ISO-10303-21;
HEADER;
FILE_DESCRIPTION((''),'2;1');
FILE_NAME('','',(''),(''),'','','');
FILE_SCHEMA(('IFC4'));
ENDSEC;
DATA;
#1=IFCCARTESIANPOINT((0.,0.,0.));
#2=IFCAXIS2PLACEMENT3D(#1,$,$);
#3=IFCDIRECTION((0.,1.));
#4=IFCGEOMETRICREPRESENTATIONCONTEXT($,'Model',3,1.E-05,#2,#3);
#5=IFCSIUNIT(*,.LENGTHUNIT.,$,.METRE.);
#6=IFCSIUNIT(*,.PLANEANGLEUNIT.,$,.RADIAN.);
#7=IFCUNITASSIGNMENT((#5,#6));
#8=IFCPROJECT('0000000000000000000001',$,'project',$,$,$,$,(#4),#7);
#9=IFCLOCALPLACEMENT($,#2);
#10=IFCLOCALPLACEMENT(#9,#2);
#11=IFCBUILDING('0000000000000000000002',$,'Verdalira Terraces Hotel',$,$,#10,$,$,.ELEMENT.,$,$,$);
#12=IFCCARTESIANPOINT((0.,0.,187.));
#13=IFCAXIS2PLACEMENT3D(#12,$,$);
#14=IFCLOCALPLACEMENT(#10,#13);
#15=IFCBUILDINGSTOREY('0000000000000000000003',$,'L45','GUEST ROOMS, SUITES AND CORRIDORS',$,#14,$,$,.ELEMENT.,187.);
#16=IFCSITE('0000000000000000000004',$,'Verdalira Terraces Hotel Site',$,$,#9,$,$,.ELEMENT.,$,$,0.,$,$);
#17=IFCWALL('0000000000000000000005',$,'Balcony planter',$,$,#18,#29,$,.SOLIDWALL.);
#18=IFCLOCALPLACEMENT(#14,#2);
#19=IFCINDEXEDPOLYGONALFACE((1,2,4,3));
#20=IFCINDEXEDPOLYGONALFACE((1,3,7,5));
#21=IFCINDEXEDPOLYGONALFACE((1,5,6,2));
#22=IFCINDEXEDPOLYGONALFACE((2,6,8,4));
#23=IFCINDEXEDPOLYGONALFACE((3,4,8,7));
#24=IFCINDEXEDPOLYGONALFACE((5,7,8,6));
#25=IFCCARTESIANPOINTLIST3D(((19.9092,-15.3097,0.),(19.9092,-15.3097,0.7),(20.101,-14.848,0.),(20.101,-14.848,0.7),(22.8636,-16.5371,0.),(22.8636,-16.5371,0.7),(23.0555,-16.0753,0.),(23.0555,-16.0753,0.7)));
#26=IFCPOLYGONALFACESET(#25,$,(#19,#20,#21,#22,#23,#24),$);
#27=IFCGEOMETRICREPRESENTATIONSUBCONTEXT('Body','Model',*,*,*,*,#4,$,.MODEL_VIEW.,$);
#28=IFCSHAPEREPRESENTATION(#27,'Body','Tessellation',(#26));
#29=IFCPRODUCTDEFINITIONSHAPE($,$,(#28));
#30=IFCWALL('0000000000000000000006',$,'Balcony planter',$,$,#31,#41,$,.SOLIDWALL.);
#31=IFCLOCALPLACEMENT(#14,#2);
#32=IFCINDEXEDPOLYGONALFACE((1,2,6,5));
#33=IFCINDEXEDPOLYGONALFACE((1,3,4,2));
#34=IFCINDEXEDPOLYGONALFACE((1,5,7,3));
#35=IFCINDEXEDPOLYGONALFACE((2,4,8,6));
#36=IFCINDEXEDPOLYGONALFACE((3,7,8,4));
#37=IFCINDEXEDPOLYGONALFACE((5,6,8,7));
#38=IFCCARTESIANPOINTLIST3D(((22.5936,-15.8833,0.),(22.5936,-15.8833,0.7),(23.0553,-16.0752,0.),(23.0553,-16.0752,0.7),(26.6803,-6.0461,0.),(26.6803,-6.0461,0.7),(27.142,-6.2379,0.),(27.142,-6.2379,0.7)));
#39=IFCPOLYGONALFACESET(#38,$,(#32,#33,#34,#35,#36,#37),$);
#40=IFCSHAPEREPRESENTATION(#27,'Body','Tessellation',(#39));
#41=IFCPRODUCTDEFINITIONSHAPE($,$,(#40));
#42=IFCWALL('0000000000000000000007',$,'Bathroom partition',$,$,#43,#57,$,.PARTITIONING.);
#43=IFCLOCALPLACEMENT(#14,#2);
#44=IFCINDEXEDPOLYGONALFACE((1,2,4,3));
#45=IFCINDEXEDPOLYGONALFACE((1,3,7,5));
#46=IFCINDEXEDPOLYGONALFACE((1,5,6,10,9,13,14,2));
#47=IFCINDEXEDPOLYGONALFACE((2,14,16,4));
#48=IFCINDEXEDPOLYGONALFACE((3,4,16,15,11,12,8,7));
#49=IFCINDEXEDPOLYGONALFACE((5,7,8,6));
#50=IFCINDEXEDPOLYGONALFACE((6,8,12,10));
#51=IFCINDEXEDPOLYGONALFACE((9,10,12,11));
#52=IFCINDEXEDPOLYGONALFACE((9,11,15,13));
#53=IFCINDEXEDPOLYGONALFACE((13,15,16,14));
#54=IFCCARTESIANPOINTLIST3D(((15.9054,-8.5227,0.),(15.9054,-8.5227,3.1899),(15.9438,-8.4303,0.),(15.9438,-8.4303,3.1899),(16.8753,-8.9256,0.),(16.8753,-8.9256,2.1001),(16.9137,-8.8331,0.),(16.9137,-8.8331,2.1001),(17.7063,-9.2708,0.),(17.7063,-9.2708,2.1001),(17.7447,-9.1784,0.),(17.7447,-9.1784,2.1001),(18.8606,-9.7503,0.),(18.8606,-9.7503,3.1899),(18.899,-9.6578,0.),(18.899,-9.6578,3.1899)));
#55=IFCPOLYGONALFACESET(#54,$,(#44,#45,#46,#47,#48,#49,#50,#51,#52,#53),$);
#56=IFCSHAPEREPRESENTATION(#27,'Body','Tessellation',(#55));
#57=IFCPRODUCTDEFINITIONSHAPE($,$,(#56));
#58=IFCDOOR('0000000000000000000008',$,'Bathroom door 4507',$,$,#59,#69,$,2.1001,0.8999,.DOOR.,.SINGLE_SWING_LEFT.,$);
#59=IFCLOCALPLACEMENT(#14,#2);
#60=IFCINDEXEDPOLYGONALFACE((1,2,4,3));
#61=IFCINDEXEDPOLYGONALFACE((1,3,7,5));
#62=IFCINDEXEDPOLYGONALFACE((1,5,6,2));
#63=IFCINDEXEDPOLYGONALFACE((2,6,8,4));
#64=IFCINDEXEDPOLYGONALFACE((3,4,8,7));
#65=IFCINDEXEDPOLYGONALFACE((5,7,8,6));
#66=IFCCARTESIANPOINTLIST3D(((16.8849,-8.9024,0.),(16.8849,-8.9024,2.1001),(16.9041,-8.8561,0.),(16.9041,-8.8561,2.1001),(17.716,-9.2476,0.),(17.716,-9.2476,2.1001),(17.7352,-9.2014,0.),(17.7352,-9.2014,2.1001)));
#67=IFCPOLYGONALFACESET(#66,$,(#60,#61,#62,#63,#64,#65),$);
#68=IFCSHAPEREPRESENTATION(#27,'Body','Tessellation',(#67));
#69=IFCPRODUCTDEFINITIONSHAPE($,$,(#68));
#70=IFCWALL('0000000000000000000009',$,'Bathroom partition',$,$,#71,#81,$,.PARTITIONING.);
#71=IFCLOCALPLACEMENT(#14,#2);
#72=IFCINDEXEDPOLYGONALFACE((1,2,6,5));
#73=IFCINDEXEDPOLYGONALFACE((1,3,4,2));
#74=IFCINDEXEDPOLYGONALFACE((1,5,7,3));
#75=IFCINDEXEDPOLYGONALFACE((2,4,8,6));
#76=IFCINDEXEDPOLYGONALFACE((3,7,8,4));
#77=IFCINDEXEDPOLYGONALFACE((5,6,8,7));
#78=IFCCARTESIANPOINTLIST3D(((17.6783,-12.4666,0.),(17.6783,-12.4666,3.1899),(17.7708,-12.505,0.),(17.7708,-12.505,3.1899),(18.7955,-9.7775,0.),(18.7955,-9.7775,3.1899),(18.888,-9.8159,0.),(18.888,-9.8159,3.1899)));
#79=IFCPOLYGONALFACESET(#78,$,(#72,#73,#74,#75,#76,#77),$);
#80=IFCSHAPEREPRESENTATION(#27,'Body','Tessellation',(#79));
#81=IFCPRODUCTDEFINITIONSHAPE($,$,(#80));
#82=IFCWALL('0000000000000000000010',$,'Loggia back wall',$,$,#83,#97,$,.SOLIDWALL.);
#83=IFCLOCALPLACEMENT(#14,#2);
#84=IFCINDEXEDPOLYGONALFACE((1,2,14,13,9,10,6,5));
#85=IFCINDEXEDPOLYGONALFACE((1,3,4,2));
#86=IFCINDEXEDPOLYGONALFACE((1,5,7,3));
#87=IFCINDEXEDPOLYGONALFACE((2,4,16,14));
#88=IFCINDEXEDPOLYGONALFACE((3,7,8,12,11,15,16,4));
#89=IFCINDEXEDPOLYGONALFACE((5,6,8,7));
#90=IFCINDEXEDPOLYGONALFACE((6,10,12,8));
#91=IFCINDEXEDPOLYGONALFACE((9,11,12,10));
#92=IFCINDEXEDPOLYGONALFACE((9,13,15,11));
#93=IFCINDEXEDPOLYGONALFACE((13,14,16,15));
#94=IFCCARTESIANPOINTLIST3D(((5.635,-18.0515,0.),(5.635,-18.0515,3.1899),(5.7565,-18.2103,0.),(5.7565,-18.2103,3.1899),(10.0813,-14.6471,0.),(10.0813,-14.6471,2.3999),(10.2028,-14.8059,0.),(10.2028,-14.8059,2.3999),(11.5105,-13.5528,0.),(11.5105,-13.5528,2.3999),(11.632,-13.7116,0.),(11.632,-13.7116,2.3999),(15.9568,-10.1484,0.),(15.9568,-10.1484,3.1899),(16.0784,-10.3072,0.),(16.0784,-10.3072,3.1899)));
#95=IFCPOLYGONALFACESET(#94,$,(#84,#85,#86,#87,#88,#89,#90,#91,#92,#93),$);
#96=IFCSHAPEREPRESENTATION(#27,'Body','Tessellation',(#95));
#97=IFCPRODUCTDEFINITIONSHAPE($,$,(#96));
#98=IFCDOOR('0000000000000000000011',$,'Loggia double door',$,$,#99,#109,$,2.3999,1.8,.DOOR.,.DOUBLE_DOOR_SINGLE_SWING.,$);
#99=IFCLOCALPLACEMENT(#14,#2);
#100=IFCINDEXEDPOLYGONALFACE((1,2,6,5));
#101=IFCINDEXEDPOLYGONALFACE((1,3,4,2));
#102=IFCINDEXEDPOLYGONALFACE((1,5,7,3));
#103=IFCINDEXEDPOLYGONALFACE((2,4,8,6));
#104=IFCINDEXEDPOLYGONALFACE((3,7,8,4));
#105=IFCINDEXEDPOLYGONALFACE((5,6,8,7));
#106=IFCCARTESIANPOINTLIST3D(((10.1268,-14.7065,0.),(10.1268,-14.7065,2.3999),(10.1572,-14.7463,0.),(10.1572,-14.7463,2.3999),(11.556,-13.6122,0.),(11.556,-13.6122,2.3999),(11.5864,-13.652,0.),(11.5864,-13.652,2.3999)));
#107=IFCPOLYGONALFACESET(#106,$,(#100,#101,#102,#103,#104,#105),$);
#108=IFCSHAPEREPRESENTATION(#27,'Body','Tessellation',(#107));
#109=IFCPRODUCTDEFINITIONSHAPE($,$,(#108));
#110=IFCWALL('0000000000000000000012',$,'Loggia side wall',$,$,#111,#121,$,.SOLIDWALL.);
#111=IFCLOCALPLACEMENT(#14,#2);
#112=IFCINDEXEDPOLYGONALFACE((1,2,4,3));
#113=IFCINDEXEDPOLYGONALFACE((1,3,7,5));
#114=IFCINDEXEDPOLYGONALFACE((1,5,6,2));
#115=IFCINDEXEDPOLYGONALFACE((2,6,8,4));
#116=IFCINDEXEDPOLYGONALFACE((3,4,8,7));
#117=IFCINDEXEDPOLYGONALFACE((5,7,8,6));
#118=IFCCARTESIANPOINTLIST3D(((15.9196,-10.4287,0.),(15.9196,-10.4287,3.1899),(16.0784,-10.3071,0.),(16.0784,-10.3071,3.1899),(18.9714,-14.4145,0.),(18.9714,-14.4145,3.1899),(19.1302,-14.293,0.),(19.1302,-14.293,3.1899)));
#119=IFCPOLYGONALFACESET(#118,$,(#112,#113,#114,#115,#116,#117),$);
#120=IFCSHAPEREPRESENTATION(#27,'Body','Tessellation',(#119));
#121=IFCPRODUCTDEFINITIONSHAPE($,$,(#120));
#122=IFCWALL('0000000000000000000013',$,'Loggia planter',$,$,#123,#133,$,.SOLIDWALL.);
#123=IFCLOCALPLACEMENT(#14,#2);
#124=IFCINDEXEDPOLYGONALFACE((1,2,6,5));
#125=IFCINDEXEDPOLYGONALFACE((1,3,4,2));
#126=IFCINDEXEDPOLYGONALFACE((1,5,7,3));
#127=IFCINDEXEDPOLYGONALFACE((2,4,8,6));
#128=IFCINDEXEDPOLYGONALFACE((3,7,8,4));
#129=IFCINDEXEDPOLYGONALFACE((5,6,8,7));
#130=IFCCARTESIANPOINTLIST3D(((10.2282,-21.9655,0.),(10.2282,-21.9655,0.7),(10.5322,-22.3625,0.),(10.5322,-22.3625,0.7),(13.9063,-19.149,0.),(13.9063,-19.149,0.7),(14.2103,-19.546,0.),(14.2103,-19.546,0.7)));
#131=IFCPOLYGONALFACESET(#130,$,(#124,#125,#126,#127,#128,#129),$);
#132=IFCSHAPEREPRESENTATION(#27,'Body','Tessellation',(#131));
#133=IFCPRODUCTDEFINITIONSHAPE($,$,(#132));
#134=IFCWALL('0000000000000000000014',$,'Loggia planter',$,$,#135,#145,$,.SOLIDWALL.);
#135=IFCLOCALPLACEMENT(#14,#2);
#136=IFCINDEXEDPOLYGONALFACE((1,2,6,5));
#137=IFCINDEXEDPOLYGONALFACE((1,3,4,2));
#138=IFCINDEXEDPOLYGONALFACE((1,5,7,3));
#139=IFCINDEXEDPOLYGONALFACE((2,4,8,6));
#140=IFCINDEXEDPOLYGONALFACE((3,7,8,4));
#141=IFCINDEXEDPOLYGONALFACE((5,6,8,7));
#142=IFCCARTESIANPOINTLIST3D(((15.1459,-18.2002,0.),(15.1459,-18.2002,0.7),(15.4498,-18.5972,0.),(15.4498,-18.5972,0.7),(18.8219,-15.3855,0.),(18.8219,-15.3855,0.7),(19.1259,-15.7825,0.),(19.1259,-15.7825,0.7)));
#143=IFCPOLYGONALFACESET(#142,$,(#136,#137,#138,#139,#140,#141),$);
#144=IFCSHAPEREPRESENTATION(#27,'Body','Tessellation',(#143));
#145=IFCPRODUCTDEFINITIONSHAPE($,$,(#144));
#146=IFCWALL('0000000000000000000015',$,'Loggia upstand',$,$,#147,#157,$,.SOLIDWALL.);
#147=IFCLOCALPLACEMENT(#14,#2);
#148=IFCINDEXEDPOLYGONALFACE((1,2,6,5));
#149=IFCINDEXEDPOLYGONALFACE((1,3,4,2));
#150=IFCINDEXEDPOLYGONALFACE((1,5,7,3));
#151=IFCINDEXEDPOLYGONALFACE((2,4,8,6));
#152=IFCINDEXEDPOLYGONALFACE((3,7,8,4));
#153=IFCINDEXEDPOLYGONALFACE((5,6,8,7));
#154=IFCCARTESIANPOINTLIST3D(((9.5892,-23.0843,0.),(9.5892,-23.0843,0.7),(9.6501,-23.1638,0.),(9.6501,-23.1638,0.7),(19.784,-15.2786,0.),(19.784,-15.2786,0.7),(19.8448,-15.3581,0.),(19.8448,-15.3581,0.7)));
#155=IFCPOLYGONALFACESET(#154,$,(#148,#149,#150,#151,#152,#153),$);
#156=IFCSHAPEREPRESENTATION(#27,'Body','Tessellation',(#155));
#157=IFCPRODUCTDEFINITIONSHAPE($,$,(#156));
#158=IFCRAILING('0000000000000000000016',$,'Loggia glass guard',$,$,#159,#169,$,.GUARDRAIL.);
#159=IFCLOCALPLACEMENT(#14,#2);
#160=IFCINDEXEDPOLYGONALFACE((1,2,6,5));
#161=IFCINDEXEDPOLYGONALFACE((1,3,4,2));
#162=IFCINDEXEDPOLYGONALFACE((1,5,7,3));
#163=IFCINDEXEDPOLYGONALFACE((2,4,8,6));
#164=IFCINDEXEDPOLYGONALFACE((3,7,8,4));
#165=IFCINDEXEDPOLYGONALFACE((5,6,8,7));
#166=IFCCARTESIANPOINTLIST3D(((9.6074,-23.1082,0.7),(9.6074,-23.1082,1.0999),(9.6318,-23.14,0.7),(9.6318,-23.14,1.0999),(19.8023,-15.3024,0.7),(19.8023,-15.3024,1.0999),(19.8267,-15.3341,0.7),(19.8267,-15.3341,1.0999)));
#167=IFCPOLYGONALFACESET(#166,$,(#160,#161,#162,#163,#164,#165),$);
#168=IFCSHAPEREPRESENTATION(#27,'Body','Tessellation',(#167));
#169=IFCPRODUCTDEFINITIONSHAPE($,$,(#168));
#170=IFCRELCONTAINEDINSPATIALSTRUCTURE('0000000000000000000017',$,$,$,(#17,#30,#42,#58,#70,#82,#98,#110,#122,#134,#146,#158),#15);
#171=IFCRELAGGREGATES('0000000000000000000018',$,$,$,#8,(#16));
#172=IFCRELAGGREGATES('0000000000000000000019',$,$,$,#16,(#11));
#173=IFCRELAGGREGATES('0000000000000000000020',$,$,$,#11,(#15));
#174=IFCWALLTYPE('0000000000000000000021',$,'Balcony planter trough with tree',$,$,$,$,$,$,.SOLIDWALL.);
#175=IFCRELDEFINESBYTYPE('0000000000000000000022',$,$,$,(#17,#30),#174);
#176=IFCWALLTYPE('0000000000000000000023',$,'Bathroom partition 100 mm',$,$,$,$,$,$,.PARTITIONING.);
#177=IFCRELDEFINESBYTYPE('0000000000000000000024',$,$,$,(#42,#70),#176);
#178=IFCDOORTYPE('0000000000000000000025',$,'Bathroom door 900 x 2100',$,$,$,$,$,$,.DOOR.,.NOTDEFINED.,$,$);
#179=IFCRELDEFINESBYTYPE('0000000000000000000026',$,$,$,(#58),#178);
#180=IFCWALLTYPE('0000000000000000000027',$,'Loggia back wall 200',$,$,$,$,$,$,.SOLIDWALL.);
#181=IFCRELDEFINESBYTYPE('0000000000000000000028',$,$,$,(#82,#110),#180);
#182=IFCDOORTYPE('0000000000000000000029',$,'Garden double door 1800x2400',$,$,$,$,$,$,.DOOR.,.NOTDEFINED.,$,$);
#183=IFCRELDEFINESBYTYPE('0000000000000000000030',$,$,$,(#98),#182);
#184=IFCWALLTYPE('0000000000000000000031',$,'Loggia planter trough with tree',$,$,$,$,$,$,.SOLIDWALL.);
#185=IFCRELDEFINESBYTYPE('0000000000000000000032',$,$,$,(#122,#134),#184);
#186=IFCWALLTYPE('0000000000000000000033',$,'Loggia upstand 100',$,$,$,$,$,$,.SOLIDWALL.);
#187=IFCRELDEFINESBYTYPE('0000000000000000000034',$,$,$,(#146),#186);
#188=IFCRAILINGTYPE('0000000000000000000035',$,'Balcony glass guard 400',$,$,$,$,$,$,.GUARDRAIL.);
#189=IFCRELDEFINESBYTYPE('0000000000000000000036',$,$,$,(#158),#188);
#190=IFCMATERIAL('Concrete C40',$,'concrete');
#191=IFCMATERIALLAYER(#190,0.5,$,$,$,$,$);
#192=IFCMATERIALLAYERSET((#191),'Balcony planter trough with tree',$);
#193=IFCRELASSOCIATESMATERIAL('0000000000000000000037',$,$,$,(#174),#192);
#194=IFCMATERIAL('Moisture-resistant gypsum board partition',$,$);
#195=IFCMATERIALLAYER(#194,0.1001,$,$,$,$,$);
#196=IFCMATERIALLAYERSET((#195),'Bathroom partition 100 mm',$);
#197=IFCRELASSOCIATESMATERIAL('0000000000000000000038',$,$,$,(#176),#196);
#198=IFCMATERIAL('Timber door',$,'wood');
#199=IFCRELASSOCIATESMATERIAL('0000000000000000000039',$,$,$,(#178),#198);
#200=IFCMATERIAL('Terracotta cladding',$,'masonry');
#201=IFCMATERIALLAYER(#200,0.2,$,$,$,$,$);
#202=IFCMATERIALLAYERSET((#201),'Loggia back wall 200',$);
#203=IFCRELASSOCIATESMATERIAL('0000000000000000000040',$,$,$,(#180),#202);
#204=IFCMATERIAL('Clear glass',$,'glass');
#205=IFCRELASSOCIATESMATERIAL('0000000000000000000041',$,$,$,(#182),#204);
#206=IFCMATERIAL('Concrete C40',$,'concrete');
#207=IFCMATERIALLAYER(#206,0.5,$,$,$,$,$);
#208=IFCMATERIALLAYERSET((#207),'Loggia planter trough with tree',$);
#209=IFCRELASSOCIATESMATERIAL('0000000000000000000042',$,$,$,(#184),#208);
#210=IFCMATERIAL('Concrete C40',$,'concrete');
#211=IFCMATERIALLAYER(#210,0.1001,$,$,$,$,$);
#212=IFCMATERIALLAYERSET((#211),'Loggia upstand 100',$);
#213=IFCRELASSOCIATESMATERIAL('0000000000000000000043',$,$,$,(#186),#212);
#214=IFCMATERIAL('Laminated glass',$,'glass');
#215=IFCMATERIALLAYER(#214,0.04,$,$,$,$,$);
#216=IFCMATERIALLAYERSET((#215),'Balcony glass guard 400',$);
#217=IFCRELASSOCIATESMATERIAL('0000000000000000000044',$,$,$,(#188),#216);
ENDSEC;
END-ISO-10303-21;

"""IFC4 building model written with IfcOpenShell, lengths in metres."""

from ifc_helpers import new_model, si_unit, direction, frame, frame_2d, origin, origin_2d, place, context, subcontext, project, spatial, rectangle, extrude, material, layer, layer_set, type_object, element, fill, save


model = new_model("IFC4")

# Units and contexts
model_context = context("Model", 3, precision=1e-05, world=origin(), true_north=direction((0.0, 1.0)))
body_context = subcontext(model_context, "Body", "Model", "MODEL_VIEW")
ifc_project = project(units=[si_unit("LENGTHUNIT", "METRE"), si_unit("PLANEANGLEUNIT", "RADIAN")], contexts=[model_context])

# Site, building, storey
site_placement = place(None, origin())
site = spatial("IfcSite", under=ifc_project, at=site_placement, Name="Verdalira Terraces Hotel Site", CompositionType="ELEMENT", RefElevation=0.0)
building_placement = place(site_placement, origin())
building = spatial("IfcBuilding", under=site, at=building_placement, Name="Verdalira Terraces Hotel", CompositionType="ELEMENT")
storey_placement = place(building_placement, frame((0.0, 0.0, 187.0)))
storey = spatial("IfcBuildingStorey", under=building, at=storey_placement, Name="L45", Description="GUEST ROOMS, SUITES AND CORRIDORS", CompositionType="ELEMENT", Elevation=187.0)

# Walls
ifc_material_1 = material(Name="Concrete C40", Category="concrete")
ifc_layer_1 = layer(ifc_material_1, 0.5)
ifc_layer_set_1 = layer_set([ifc_layer_1], Name="Balcony planter trough with tree")
wall_type_1 = type_object("IfcWallType", Name="Balcony planter trough with tree", PredefinedType="SOLIDWALL", material=ifc_layer_set_1)
wall_1_placement = place(storey_placement, frame((20.0051, -15.0789, 0.0), z_axis=(0.0, 0.0, 1.0), x_axis=(0.923485, -0.383634, 0.0)))
element("IfcWall", 1, at=wall_1_placement, inside=storey, type_object=wall_type_1, Name="Balcony planter", PredefinedType="SOLIDWALL", context=body_context, shape_type="SweptSolid", body=[
    extrude(rectangle(XDim=3.1992, YDim=0.5, at=frame_2d((1.5996, 0.0))), origin(), (0.0, 0.0, 1.0), 0.7),
])
wall_2_placement = place(storey_placement, frame((22.8245, -15.9792, 0.0), z_axis=(0.0, 0.0, 1.0), x_axis=(0.383644, 0.923481, 0.0)))
element("IfcWall", 2, at=wall_2_placement, inside=storey, type_object=wall_type_1, Name="Balcony planter", PredefinedType="SOLIDWALL", context=body_context, shape_type="SweptSolid", body=[
    extrude(rectangle(XDim=10.6523, YDim=0.5, at=frame_2d((5.3262, 0.0))), origin(), (0.0, 0.0, 1.0), 0.7),
])

# Wall, opening, door
ifc_material_2 = material(Name="Moisture-resistant gypsum board partition")
ifc_layer_2 = layer(ifc_material_2, 0.1001)
ifc_layer_set_2 = layer_set([ifc_layer_2], Name="Bathroom partition 100 mm")
wall_type_2 = type_object("IfcWallType", Name="Bathroom partition 100 mm", PredefinedType="PARTITIONING", material=ifc_layer_set_2)
wall_3_placement = place(storey_placement, frame((18.8799, -9.7041, 0.0), z_axis=(0.0, 0.0, 1.0), x_axis=(-0.923492, 0.383618, 0.0)))
wall_3 = element("IfcWall", 3, at=wall_3_placement, inside=storey, type_object=wall_type_2, Name="Bathroom partition", PredefinedType="PARTITIONING", context=body_context, shape_type="SweptSolid", body=[
    extrude(rectangle(XDim=3.2, YDim=0.1001, at=frame_2d((1.6001, 0.0))), origin(), (0.0, 0.0, 1.0), 3.1899),
])
opening_1_placement = place(wall_3_placement, frame((1.25, 0.0, 0.0)))
opening_1 = element("IfcOpeningElement", 4, at=opening_1_placement, cuts=wall_3, PredefinedType="OPENING", context=body_context, shape_type="SweptSolid", body=[
    extrude(rectangle(XDim=0.8999, YDim=2.1001, at=frame_2d((0.45, 1.05))), frame((0.0, 0.0601, 0.0), z_axis=(0.0, -1.0, 0.0), x_axis=(1.0, 0.0, 0.0)), (0.0, 0.0, 1.0), 0.1201),
])
ifc_material_3 = material(Name="Timber door", Category="wood")
door_type_1 = type_object("IfcDoorType", Name="Bathroom door 900 x 2100", OperationType="NOTDEFINED", PredefinedType="DOOR", material=ifc_material_3)
door_1_placement = place(opening_1_placement, origin())
door_1 = element("IfcDoor", 5, at=door_1_placement, inside=storey, type_object=door_type_1, Name="Bathroom door 4507", OperationType="SINGLE_SWING_LEFT", OverallHeight=2.1001, OverallWidth=0.8999, PredefinedType="DOOR", context=body_context, shape_type="SweptSolid", body=[
    extrude(rectangle(XDim=0.8999, YDim=2.1001, at=frame_2d((0.45, 1.05))), frame((0.0, 0.0249, 0.0), z_axis=(0.0, -1.0, 0.0), x_axis=(1.0, 0.0, 0.0)), (0.0, 0.0, 1.0), 0.05),
])
fill(opening_1, door_1)

# Wall
wall_4_placement = place(storey_placement, frame((18.8418, -9.7966, 0.0), z_axis=(0.0, 0.0, 1.0), x_axis=(-0.383675, -0.923468, 0.0)))
element("IfcWall", 6, at=wall_4_placement, inside=storey, type_object=wall_type_2, Name="Bathroom partition", PredefinedType="PARTITIONING", context=body_context, shape_type="SweptSolid", body=[
    extrude(rectangle(XDim=2.9119, YDim=0.1001, at=frame_2d((1.4561, 0.0))), origin(), (0.0, 0.0, 1.0), 3.1899),
])

# Wall, opening, door
ifc_material_4 = material(Name="Terracotta cladding", Category="masonry")
ifc_layer_3 = layer(ifc_material_4, 0.2)
ifc_layer_set_3 = layer_set([ifc_layer_3], Name="Loggia back wall 200")
wall_type_3 = type_object("IfcWallType", Name="Loggia back wall 200", PredefinedType="SOLIDWALL", material=ifc_layer_set_3)
wall_5_placement = place(storey_placement, frame((16.0176, -10.2278, 0.0), z_axis=(0.0, 0.0, 1.0), x_axis=(-0.793988, -0.607933, 0.0)))
wall_5 = element("IfcWall", 7, at=wall_5_placement, inside=storey, type_object=wall_type_3, Name="Loggia back wall", PredefinedType="SOLIDWALL", context=body_context, shape_type="SweptSolid", body=[
    extrude(rectangle(XDim=13.0, YDim=0.2, at=frame_2d((6.5, 0.0))), origin(), (0.0, 0.0, 1.0), 3.1899),
])
opening_2_placement = place(wall_5_placement, frame((5.6001, 0.0, 0.0)))
opening_2 = element("IfcOpeningElement", 8, at=opening_2_placement, cuts=wall_5, PredefinedType="OPENING", context=body_context, shape_type="SweptSolid", body=[
    extrude(rectangle(XDim=1.8, YDim=2.3999, at=frame_2d((0.8999, 1.2))), frame((0.0, 0.1099, 0.0), z_axis=(0.0, -1.0, 0.0), x_axis=(1.0, 0.0, 0.0)), (0.0, 0.0, 1.0), 0.22),
])
ifc_material_5 = material(Name="Clear glass", Category="glass")
door_type_2 = type_object("IfcDoorType", Name="Garden double door 1800x2400", OperationType="NOTDEFINED", PredefinedType="DOOR", material=ifc_material_5)
door_2_placement = place(opening_2_placement, origin())
door_2 = element("IfcDoor", 9, at=door_2_placement, inside=storey, type_object=door_type_2, Name="Loggia double door", OperationType="DOUBLE_DOOR_SINGLE_SWING", OverallHeight=2.3999, OverallWidth=1.8, PredefinedType="DOOR", context=body_context, shape_type="SweptSolid", body=[
    extrude(rectangle(XDim=1.8, YDim=2.3999, at=frame_2d((0.8999, 1.2))), frame((0.0, 0.0249, 0.0), z_axis=(0.0, -1.0, 0.0), x_axis=(1.0, 0.0, 0.0)), (0.0, 0.0, 1.0), 0.05),
])
fill(opening_2, door_2)

# Walls
wall_6_placement = place(storey_placement, frame((19.0508, -14.3538, 0.0), z_axis=(0.0, 0.0, 1.0), x_axis=(-0.607923, 0.793996, 0.0)))
element("IfcWall", 10, at=wall_6_placement, inside=storey, type_object=wall_type_3, Name="Loggia side wall", PredefinedType="SOLIDWALL", context=body_context, shape_type="SweptSolid", body=[
    extrude(rectangle(XDim=5.02, YDim=0.2, at=frame_2d((2.51, 0.0))), origin(), (0.0, 0.0, 1.0), 3.1899),
])
ifc_material_6 = material(Name="Concrete C40", Category="concrete")
ifc_layer_4 = layer(ifc_material_6, 0.5)
ifc_layer_set_4 = layer_set([ifc_layer_4], Name="Loggia planter trough with tree")
wall_type_4 = type_object("IfcWallType", Name="Loggia planter trough with tree", PredefinedType="SOLIDWALL", material=ifc_layer_set_4)
wall_7_placement = place(storey_placement, frame((10.3801, -22.1641, 0.0), z_axis=(0.0, 0.0, 1.0), x_axis=(0.793958, 0.607972, 0.0)))
element("IfcWall", 11, at=wall_7_placement, inside=storey, type_object=wall_type_4, Name="Loggia planter", PredefinedType="SOLIDWALL", context=body_context, shape_type="SweptSolid", body=[
    extrude(rectangle(XDim=4.6326, YDim=0.5, at=frame_2d((2.3164, 0.0))), origin(), (0.0, 0.0, 1.0), 0.7),
])
wall_8_placement = place(storey_placement, frame((15.2979, -18.3987, 0.0), z_axis=(0.0, 0.0, 1.0), x_axis=(0.79398, 0.607943, 0.0)))
element("IfcWall", 12, at=wall_8_placement, inside=storey, type_object=wall_type_4, Name="Loggia planter", PredefinedType="SOLIDWALL", context=body_context, shape_type="SweptSolid", body=[
    extrude(rectangle(XDim=4.6299, YDim=0.5, at=frame_2d((2.3149, 0.0))), origin(), (0.0, 0.0, 1.0), 0.7),
])
ifc_material_7 = material(Name="Concrete C40", Category="concrete")
ifc_layer_5 = layer(ifc_material_7, 0.1001)
ifc_layer_set_5 = layer_set([ifc_layer_5], Name="Loggia upstand 100")
wall_type_5 = type_object("IfcWallType", Name="Loggia upstand 100", PredefinedType="SOLIDWALL", material=ifc_layer_set_5)
wall_9_placement = place(storey_placement, frame((9.6196, -23.124, 0.0), z_axis=(0.0, 0.0, 1.0), x_axis=(0.793996, 0.607923, 0.0)))
element("IfcWall", 13, at=wall_9_placement, inside=storey, type_object=wall_type_5, Name="Loggia upstand", PredefinedType="SOLIDWALL", context=body_context, shape_type="SweptSolid", body=[
    extrude(rectangle(XDim=12.8398, YDim=0.1001, at=frame_2d((6.4199, 0.0))), origin(), (0.0, 0.0, 1.0), 0.7),
])

# Railing
ifc_material_8 = material(Name="Laminated glass", Category="glass")
ifc_layer_6 = layer(ifc_material_8, 0.04)
ifc_layer_set_6 = layer_set([ifc_layer_6], Name="Balcony glass guard 400")
railing_type = type_object("IfcRailingType", Name="Balcony glass guard 400", PredefinedType="GUARDRAIL", material=ifc_layer_set_6)
railing_placement = place(storey_placement, frame((14.717, -19.2212, 0.7), z_axis=(0.0, 0.0, 1.0), x_axis=(0.79399, 0.60793, 0.0)))
element("IfcRailing", 14, at=railing_placement, inside=storey, type_object=railing_type, Name="Loggia glass guard", PredefinedType="GUARDRAIL", context=body_context, shape_type="SweptSolid", body=[
    extrude(rectangle(XDim=12.8401, YDim=0.04, at=origin_2d()), origin(), (0.0, 0.0, 1.0), 0.3999),
])

save(model, "model.ifc")
